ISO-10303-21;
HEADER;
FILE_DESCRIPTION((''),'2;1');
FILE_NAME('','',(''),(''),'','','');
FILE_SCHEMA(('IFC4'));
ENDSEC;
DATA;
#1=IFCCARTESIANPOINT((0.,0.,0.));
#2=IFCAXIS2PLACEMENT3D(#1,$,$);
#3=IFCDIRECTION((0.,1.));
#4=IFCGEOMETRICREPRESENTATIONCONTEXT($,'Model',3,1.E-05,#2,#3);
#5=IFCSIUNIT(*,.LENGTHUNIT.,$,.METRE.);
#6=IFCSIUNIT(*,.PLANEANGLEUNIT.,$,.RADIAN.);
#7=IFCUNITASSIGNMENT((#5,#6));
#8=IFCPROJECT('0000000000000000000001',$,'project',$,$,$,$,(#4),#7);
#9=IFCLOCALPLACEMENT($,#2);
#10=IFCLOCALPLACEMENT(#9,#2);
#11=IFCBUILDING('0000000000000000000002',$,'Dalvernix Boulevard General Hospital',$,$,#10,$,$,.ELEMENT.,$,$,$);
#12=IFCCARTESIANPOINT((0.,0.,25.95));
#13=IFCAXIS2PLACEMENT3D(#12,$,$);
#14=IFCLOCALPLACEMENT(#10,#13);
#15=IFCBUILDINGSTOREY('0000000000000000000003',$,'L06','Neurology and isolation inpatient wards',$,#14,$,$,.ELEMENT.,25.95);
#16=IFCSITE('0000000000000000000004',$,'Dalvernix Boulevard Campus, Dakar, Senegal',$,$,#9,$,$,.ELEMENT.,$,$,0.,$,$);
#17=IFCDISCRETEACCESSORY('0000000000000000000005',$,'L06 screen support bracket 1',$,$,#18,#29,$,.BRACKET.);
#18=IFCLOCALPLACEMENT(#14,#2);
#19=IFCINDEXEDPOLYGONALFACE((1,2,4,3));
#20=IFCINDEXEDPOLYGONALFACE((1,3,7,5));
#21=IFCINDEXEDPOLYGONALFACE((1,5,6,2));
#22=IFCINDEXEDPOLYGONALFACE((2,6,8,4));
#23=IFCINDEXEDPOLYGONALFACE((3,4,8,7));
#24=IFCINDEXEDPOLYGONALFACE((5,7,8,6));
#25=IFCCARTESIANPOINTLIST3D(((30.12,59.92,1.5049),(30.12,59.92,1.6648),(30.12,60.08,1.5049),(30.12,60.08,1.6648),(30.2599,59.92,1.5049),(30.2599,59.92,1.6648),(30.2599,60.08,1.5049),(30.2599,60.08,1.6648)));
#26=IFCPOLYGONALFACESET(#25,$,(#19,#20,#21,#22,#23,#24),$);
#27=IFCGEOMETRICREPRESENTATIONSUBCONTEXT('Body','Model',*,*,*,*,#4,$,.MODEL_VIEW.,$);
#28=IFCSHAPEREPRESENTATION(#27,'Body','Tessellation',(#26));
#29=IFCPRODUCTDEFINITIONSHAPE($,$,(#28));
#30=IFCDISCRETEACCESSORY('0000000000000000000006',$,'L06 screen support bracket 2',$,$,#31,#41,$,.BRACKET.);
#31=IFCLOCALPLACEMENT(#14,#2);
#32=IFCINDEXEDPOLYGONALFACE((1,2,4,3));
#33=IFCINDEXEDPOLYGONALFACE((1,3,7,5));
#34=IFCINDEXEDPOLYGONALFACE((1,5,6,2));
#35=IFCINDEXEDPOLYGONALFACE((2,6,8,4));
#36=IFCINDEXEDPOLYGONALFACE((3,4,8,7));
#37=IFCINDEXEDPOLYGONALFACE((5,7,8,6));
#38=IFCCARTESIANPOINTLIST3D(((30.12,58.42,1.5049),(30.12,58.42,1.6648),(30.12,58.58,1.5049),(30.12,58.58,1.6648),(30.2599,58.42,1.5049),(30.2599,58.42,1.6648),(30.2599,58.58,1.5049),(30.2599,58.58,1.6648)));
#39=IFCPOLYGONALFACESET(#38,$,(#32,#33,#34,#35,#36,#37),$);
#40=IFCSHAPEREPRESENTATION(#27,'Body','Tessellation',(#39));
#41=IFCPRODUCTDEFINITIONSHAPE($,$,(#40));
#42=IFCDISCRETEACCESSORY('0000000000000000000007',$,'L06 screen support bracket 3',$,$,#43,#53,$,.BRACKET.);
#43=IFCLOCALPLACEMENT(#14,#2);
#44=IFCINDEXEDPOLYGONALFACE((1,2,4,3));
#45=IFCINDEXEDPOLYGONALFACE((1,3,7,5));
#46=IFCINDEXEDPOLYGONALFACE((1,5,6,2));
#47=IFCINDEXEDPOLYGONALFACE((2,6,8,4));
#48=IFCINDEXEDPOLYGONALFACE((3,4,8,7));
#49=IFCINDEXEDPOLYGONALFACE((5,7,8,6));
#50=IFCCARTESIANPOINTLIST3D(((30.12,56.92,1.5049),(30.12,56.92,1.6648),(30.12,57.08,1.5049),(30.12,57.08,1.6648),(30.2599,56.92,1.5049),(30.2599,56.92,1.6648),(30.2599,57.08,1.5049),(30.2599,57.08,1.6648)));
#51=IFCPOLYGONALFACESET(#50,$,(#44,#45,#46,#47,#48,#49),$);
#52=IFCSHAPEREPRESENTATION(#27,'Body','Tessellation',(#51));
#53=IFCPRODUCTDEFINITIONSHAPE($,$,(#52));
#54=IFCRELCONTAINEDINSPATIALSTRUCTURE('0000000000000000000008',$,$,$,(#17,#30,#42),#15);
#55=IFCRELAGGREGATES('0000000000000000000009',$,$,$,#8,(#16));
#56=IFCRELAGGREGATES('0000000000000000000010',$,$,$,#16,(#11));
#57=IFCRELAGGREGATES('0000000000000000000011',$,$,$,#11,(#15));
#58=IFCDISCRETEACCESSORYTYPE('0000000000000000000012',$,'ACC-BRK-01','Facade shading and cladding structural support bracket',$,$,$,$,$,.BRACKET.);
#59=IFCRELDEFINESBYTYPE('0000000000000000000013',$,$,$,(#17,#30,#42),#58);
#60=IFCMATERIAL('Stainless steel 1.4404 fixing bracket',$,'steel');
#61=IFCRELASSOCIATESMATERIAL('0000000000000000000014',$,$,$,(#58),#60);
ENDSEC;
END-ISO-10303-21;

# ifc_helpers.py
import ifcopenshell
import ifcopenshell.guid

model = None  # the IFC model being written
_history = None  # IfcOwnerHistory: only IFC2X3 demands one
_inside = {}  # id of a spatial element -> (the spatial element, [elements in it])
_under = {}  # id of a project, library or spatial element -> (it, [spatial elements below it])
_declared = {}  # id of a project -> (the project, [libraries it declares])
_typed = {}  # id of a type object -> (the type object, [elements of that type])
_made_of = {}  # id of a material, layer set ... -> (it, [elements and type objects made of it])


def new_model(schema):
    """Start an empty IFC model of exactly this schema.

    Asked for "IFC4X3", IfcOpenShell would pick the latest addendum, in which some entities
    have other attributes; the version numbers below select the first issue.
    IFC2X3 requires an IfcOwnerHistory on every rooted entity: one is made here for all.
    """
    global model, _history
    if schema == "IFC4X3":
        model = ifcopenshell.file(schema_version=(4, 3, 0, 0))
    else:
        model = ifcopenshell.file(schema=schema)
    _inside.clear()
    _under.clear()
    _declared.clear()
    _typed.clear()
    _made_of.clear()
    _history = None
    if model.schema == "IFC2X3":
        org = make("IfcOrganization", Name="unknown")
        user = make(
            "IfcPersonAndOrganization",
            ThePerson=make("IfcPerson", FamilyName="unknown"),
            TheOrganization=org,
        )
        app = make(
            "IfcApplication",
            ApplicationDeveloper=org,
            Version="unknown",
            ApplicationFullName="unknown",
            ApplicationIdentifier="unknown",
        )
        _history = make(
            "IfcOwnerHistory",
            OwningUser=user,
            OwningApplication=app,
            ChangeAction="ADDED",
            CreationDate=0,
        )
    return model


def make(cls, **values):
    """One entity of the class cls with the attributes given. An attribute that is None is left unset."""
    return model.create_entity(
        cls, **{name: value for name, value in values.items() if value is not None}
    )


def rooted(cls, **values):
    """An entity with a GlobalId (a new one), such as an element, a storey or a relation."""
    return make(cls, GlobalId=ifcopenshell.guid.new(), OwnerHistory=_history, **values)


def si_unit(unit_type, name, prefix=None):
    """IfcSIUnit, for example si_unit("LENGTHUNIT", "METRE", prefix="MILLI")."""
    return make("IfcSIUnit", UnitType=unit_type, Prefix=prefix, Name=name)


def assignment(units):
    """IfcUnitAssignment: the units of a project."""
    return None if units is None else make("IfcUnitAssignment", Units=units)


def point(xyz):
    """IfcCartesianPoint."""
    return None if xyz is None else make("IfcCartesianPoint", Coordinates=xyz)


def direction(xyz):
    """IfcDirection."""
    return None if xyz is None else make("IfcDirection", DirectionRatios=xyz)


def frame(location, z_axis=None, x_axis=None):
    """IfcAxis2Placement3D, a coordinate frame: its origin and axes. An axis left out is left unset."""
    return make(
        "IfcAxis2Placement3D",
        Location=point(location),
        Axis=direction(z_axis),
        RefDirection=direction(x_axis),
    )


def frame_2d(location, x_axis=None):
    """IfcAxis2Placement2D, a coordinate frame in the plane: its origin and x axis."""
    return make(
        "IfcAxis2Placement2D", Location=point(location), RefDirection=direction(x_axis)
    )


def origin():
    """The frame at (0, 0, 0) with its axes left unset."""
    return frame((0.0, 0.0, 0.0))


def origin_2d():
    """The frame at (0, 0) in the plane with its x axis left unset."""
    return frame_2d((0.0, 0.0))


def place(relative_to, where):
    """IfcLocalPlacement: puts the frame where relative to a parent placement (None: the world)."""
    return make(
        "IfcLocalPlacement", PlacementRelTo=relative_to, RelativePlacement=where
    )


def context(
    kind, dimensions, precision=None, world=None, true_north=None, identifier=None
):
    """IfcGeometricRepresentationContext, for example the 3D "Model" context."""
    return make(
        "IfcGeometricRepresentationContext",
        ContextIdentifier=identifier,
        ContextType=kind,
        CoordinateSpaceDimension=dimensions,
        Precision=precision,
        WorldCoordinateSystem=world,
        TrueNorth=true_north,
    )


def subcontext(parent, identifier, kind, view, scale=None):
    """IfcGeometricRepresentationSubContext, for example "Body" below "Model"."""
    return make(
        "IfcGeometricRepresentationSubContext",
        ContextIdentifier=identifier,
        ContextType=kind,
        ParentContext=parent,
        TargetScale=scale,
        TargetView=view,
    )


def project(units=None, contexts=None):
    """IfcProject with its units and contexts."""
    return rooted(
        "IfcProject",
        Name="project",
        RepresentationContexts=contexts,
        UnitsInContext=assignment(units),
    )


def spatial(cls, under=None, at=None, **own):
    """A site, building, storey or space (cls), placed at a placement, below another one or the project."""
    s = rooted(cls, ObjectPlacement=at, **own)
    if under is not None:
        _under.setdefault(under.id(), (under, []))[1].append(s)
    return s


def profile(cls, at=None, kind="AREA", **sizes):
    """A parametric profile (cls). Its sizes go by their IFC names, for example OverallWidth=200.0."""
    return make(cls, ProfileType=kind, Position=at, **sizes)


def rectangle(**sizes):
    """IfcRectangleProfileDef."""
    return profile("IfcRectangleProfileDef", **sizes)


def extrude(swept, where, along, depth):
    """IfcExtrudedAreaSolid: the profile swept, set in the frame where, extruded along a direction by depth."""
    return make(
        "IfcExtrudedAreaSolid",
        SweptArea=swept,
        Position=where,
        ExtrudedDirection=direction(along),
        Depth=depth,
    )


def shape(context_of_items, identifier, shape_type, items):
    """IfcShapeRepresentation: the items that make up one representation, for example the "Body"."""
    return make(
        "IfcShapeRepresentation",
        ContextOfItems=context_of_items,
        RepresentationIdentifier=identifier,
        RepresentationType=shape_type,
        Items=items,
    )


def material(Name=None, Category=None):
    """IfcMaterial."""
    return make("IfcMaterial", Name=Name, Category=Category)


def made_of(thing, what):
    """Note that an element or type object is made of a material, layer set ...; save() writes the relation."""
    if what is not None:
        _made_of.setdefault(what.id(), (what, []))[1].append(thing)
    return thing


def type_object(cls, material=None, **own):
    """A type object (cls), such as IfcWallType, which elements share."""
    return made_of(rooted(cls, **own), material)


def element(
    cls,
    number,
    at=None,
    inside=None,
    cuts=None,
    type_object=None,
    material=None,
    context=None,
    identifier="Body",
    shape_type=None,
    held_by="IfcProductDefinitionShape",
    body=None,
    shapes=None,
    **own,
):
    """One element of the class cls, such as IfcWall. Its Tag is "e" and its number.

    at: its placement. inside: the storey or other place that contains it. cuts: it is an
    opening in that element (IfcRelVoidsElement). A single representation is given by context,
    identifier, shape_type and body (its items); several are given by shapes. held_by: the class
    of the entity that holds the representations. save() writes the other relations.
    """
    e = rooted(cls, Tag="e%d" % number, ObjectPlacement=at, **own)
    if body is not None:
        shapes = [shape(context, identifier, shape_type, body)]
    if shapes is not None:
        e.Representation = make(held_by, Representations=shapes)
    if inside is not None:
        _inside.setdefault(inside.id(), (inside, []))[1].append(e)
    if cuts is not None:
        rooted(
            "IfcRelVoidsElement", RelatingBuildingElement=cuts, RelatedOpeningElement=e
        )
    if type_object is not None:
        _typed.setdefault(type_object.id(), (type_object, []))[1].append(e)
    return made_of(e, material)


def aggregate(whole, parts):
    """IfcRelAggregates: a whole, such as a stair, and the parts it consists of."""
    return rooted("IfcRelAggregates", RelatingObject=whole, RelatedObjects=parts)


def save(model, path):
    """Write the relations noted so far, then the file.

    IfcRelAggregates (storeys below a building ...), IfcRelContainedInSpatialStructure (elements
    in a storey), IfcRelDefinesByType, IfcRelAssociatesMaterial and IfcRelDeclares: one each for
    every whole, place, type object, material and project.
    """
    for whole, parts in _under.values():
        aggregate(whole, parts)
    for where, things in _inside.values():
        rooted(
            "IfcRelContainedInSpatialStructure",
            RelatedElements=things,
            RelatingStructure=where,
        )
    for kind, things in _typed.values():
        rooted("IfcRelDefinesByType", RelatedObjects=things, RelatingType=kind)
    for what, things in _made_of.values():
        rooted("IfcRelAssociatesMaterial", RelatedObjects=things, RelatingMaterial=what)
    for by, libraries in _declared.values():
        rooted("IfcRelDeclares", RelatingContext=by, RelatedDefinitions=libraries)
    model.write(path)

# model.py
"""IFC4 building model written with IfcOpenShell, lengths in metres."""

from ifc_helpers import new_model, si_unit, direction, frame, origin, origin_2d, place, context, subcontext, project, spatial, rectangle, extrude, material, type_object, element, save


model = new_model("IFC4")

# Units and contexts
model_context = context("Model", 3, precision=1e-05, world=origin(), true_north=direction((0.0, 1.0)))
body_context = subcontext(model_context, "Body", "Model", "MODEL_VIEW")
ifc_project = project(units=[si_unit("LENGTHUNIT", "METRE"), si_unit("PLANEANGLEUNIT", "RADIAN")], contexts=[model_context])

# Site, building, storey
site_placement = place(None, origin())
site = spatial("IfcSite", under=ifc_project, at=site_placement, Name="Dalvernix Boulevard Campus, Dakar, Senegal", CompositionType="ELEMENT", RefElevation=0.0)
building_placement = place(site_placement, origin())
building = spatial("IfcBuilding", under=site, at=building_placement, Name="Dalvernix Boulevard General Hospital", CompositionType="ELEMENT")
storey_placement = place(building_placement, frame((0.0, 0.0, 25.95)))
storey = spatial("IfcBuildingStorey", under=building, at=storey_placement, Name="L06", Description="Neurology and isolation inpatient wards", CompositionType="ELEMENT", Elevation=25.95)

# Discrete accessories
ifc_material_1 = material(Name="Stainless steel 1.4404 fixing bracket", Category="steel")
discrete_accessory_type = type_object("IfcDiscreteAccessoryType", Name="ACC-BRK-01", Description="Facade shading and cladding structural support bracket", PredefinedType="BRACKET", material=ifc_material_1)
for number, where, z_axis, x_axis, name in (
    (1, (30.1899, 60.0, 1.5049), (0.0, 0.0, 1.0), (0.0, -1.0, 0.0), "L06 screen support bracket 1"),
    (2, (30.1899, 58.5, 1.5049), (0.0, 0.0, 1.0), (0.0, -1.0, 0.0), "L06 screen support bracket 2"),
    (3, (30.1899, 57.0, 1.5049), (0.0, 0.0, 1.0), (0.0, -1.0, 0.0), "L06 screen support bracket 3"),
):
    element("IfcDiscreteAccessory", number, at=place(storey_placement, frame(where, z_axis=z_axis, x_axis=x_axis)), inside=storey, type_object=discrete_accessory_type, Name=name, PredefinedType="BRACKET", context=body_context, shape_type="SweptSolid", body=[
        extrude(rectangle(XDim=0.1599, YDim=0.1399, at=origin_2d()), origin(), (0.0, 0.0, 1.0), 0.1599),
    ])

save(model, "model.ifc")
